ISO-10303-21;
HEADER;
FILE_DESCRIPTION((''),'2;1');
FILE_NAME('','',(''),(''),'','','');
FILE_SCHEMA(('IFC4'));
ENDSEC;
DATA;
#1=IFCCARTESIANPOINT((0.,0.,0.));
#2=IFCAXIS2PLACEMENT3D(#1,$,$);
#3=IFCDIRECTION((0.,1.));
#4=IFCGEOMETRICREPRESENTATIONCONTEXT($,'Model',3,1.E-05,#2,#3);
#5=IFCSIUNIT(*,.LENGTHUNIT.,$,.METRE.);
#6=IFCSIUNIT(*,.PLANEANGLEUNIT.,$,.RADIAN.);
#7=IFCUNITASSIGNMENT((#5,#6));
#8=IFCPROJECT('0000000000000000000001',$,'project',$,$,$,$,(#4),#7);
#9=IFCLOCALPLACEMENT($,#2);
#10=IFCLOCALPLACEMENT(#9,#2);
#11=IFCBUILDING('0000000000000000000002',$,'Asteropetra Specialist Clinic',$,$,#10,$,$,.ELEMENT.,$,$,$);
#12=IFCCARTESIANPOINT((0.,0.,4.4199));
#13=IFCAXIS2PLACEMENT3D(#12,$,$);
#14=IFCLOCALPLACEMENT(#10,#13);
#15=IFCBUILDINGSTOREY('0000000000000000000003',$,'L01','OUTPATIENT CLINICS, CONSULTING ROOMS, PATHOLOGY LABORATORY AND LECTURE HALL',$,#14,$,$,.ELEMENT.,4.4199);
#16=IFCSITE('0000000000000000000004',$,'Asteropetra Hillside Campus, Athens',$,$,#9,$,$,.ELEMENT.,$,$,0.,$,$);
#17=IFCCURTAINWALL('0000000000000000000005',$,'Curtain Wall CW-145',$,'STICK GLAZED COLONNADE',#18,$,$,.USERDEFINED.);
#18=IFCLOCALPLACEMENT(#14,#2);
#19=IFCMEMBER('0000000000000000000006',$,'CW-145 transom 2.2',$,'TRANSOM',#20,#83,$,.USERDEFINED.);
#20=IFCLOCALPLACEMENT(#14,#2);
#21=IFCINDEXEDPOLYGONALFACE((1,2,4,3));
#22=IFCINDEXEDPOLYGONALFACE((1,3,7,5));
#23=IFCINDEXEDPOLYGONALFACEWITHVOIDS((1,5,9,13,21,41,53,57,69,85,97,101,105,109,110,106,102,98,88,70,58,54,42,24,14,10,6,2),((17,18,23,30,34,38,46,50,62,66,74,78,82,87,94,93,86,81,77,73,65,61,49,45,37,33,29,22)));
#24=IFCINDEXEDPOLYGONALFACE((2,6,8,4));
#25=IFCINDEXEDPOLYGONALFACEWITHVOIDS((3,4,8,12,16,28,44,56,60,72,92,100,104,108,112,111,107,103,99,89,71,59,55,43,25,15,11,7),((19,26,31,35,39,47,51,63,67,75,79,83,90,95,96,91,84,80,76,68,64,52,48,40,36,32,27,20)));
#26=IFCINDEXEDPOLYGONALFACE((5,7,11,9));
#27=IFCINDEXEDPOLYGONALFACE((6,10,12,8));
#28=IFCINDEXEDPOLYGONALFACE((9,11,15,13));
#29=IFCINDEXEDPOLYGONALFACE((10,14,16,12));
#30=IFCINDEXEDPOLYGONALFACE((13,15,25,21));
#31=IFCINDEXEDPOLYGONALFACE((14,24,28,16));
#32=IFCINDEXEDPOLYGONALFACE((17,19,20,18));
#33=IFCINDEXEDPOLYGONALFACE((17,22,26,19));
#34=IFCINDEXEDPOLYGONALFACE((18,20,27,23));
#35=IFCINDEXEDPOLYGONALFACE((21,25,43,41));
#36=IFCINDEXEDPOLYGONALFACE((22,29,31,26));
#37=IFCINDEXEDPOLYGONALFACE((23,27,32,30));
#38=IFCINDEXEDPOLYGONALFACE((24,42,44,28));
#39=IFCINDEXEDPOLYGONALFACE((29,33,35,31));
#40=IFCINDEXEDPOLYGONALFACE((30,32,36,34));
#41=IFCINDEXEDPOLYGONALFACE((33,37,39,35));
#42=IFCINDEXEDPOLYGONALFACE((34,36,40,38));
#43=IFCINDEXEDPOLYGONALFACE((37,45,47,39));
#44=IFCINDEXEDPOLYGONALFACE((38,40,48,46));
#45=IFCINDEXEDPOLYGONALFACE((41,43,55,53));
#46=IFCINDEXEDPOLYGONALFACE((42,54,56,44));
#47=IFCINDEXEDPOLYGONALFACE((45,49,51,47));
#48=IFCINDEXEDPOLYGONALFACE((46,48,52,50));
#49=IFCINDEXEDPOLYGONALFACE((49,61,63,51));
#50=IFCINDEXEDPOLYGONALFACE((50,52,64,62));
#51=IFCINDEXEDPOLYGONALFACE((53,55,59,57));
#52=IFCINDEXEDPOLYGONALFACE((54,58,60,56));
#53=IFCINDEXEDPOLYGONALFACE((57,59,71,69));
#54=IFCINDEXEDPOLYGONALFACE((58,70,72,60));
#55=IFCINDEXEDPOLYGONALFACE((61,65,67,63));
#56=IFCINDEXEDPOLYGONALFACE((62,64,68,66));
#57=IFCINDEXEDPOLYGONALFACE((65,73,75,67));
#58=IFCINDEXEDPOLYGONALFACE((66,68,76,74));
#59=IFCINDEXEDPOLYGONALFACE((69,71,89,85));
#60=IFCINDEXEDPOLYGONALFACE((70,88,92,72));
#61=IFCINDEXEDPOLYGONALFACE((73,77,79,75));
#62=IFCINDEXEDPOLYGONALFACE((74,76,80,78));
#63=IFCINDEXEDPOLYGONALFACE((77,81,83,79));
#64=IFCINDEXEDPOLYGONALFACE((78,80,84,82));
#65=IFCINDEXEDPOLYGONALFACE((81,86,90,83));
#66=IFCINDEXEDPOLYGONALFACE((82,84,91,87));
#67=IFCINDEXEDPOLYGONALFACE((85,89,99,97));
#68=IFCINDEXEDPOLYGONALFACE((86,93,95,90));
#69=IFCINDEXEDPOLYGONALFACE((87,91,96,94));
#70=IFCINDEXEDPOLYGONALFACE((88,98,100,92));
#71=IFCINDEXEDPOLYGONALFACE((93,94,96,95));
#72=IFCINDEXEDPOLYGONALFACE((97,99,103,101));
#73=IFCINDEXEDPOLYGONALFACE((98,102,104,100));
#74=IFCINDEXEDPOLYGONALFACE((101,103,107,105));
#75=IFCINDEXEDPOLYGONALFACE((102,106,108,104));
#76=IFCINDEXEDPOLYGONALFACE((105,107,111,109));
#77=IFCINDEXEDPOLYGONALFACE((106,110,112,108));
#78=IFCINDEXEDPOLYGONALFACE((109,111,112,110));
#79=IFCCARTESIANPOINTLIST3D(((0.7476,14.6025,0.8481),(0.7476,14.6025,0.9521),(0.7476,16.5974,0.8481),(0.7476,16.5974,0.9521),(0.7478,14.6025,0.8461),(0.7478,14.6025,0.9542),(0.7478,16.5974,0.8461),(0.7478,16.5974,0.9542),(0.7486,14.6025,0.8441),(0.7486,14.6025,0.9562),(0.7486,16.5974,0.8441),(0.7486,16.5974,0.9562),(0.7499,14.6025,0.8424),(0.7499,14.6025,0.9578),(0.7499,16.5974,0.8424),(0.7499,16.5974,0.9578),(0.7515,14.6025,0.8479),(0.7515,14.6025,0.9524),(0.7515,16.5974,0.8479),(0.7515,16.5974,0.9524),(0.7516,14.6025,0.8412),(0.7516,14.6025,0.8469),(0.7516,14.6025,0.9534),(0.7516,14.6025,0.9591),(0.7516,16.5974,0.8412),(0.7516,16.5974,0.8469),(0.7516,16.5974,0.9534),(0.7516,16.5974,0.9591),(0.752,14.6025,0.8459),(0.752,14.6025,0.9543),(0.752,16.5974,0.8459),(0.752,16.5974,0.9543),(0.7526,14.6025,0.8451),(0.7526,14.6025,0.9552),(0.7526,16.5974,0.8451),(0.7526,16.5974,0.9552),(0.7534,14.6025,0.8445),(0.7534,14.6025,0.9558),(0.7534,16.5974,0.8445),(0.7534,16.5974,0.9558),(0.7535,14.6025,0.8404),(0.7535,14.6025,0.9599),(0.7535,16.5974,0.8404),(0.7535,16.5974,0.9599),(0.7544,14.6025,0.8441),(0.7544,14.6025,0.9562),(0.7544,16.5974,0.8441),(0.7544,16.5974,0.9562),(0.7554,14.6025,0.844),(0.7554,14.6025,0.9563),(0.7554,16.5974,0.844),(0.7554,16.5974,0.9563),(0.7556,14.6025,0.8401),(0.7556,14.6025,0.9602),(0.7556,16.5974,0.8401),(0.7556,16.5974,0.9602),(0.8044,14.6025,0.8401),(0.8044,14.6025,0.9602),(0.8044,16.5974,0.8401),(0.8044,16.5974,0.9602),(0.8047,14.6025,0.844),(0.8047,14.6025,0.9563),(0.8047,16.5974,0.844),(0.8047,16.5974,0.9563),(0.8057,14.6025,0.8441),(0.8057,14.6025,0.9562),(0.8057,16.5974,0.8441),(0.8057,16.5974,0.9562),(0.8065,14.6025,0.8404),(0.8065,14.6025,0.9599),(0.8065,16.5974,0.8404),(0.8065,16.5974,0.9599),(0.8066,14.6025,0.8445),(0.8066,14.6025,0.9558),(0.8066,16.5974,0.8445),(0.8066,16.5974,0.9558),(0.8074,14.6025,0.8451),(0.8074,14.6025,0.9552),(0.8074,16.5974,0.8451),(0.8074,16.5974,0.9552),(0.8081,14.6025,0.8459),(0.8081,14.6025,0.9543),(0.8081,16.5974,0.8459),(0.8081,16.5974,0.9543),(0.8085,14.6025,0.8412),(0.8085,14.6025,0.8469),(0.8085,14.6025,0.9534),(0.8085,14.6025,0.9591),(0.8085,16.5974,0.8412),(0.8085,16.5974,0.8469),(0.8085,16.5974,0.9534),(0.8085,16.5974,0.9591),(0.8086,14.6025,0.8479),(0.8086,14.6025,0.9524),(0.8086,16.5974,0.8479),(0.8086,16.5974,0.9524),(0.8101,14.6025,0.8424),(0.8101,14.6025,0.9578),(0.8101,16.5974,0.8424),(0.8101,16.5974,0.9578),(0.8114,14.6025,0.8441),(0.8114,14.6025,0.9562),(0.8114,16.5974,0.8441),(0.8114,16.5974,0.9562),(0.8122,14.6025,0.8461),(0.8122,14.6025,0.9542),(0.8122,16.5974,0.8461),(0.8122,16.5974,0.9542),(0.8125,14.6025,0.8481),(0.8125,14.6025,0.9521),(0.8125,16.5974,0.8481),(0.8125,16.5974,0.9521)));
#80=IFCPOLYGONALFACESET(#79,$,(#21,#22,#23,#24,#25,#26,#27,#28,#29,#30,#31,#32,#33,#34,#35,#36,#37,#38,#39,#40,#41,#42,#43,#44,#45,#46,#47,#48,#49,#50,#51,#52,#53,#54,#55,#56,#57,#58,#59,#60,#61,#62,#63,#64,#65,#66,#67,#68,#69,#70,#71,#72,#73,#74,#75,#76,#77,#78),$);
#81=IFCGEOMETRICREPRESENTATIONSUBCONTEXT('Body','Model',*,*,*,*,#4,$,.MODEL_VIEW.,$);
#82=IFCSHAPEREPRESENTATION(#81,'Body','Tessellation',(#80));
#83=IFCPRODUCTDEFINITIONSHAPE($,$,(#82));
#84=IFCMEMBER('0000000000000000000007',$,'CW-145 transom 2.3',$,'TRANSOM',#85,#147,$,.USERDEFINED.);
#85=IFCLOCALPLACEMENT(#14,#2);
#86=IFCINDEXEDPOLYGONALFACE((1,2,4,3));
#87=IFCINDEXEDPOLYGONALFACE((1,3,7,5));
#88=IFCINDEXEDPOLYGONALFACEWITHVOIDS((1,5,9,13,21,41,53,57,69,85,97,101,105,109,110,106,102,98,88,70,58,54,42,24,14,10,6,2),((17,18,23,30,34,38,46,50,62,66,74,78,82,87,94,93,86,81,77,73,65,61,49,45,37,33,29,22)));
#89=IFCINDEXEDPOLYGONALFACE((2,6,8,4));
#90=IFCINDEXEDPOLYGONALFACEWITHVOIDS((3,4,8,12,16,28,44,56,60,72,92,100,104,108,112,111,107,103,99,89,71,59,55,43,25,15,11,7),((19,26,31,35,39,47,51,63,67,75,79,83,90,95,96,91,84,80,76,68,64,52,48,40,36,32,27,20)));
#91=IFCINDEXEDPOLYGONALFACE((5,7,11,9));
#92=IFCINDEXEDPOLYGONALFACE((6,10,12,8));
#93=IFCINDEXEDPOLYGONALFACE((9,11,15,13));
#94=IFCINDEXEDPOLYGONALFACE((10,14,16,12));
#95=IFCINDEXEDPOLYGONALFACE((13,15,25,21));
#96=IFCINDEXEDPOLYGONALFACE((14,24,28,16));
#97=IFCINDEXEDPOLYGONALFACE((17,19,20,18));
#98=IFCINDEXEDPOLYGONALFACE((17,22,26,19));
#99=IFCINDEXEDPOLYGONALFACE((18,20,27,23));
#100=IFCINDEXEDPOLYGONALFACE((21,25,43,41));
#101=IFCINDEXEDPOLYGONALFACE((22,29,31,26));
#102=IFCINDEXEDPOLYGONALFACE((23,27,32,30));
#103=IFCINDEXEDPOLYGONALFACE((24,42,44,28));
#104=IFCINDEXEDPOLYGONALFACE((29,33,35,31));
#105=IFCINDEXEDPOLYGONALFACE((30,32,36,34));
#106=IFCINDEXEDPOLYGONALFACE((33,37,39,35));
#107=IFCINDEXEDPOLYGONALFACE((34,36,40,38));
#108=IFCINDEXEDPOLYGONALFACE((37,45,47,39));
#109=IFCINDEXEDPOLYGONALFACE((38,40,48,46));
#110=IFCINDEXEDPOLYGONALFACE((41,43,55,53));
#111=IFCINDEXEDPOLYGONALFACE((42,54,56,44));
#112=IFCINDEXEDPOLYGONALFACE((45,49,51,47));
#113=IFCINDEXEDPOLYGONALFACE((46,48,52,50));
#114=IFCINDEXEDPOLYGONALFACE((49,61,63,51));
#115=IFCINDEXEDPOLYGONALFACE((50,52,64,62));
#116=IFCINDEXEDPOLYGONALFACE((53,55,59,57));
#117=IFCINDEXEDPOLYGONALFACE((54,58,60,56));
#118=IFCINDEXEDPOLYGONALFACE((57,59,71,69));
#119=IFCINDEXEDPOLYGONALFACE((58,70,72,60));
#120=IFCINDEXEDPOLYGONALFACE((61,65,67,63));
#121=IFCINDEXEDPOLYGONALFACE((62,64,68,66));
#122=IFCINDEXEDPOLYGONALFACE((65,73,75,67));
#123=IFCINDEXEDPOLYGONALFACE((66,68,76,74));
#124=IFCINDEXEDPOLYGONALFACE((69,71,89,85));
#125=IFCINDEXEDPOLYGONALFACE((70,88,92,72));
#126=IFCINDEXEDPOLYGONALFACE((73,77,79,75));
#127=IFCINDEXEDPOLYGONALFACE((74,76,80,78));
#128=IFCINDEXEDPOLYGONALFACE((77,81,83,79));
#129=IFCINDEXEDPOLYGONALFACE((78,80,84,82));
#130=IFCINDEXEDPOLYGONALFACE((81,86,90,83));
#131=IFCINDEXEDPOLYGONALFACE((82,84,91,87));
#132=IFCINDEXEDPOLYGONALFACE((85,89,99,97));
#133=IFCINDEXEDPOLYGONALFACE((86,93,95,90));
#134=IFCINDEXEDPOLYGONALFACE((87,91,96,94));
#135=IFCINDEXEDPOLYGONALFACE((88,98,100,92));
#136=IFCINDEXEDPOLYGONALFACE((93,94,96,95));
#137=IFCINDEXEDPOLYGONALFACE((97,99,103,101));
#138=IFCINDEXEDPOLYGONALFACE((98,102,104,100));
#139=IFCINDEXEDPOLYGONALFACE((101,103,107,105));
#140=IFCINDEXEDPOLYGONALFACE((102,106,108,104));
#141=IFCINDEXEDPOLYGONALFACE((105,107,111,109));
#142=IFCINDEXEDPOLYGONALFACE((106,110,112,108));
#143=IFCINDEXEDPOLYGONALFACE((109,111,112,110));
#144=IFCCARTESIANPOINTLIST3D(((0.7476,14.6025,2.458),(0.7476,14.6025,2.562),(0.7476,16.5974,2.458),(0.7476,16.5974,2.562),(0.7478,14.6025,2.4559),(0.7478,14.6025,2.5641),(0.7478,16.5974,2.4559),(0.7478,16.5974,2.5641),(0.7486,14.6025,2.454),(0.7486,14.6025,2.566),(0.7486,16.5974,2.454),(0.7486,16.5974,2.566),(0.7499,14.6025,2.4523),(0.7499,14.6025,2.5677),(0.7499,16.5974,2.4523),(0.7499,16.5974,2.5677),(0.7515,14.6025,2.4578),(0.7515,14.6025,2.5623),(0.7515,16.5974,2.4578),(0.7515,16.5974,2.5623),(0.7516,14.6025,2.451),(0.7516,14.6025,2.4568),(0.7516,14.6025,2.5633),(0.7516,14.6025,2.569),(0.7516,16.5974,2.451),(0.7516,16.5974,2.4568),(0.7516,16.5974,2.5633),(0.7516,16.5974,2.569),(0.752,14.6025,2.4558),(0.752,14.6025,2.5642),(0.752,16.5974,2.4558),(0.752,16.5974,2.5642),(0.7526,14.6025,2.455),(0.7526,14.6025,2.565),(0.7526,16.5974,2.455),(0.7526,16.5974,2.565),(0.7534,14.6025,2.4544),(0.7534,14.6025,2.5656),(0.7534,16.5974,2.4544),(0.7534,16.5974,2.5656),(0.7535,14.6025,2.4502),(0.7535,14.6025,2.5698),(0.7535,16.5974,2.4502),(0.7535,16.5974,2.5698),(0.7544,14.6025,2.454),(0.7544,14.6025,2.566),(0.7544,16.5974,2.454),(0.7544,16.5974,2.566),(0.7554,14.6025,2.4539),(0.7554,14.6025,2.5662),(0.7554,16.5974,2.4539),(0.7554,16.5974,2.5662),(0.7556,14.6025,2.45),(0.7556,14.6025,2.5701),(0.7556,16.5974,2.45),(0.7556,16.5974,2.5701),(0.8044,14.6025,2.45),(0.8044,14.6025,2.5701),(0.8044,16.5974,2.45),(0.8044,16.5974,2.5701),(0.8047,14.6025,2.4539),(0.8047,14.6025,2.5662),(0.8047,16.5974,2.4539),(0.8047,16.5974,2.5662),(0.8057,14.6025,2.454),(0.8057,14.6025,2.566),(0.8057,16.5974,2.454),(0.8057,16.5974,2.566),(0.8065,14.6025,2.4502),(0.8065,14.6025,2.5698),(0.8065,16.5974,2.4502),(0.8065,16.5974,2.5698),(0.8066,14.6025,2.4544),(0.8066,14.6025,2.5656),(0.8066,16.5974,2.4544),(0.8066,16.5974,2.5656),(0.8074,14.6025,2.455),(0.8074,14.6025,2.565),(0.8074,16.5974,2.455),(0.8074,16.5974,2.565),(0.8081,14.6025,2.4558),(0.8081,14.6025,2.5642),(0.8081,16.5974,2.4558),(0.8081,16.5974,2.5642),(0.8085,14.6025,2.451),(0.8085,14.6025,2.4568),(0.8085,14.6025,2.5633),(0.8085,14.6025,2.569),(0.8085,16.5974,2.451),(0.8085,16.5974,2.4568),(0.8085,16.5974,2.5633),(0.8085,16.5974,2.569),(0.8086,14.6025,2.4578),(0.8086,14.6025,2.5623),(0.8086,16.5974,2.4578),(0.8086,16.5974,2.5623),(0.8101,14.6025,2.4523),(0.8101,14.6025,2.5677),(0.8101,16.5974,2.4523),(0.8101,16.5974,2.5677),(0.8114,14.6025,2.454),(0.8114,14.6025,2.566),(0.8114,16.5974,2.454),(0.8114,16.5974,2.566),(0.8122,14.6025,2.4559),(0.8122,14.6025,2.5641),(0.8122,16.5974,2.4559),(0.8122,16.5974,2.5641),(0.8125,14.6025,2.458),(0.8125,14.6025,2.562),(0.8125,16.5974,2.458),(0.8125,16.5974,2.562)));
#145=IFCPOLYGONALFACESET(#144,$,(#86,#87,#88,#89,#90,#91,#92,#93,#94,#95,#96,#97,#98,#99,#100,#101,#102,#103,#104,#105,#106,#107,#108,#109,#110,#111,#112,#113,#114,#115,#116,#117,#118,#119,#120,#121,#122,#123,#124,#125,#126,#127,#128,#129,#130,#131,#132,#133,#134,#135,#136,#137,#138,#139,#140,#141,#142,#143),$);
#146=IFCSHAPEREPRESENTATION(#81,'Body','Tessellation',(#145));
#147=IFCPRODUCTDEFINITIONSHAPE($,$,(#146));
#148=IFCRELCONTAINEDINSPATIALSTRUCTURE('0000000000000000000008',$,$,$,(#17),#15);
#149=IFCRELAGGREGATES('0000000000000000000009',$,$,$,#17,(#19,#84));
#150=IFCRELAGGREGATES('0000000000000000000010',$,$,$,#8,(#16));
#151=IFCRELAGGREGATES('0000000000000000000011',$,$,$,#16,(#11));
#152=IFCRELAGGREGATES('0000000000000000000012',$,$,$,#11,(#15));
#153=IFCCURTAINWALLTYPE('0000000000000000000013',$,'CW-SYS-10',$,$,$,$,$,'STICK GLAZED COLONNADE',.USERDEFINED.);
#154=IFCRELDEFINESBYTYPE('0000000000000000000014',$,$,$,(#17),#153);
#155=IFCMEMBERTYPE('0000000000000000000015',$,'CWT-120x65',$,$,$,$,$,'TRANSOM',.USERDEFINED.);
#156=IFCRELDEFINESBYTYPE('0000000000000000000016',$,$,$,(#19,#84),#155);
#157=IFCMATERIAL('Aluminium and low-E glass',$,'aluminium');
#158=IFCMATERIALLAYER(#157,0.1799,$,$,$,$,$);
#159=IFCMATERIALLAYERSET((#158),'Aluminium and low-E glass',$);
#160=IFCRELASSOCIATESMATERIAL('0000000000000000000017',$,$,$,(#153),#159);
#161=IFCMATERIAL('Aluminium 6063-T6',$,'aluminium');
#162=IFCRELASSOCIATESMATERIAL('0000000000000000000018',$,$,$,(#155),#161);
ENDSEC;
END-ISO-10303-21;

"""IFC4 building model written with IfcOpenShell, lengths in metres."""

from ifc_helpers import new_model, si_unit, direction, frame, origin, origin_2d, place, context, subcontext, project, spatial, hollow_rectangle, extrude, material, layer, layer_set, material_profile, profile_set, type_object, element, aggregate, save


model = new_model("IFC4")

# Units and contexts
model_context = context("Model", 3, precision=1e-05, world=origin(), true_north=direction((0.0, 1.0)))
body_context = subcontext(model_context, "Body", "Model", "MODEL_VIEW")
ifc_project = project(units=[si_unit("LENGTHUNIT", "METRE"), si_unit("PLANEANGLEUNIT", "RADIAN")], contexts=[model_context])

# Site, building, storey
site_placement = place(None, origin())
site = spatial("IfcSite", under=ifc_project, at=site_placement, Name="Asteropetra Hillside Campus, Athens", CompositionType="ELEMENT", RefElevation=0.0)
building_placement = place(site_placement, origin())
building = spatial("IfcBuilding", under=site, at=building_placement, Name="Asteropetra Specialist Clinic", CompositionType="ELEMENT")
storey_placement = place(building_placement, frame((0.0, 0.0, 4.4199)))
storey = spatial("IfcBuildingStorey", under=building, at=storey_placement, Name="L01", Description="OUTPATIENT CLINICS, CONSULTING ROOMS, PATHOLOGY LABORATORY AND LECTURE HALL", CompositionType="ELEMENT", Elevation=4.4199)

# Curtain wall, members
ifc_material_1 = material(Name="Aluminium and low-E glass", Category="aluminium")
ifc_layer_1 = layer(ifc_material_1, 0.1799)
ifc_layer_set_1 = layer_set([ifc_layer_1], Name="Aluminium and low-E glass")
curtain_wall_type = type_object("IfcCurtainWallType", Name="CW-SYS-10", ElementType="STICK GLAZED COLONNADE", PredefinedType="USERDEFINED", material=ifc_layer_set_1)
curtain_wall_placement = place(storey_placement, origin())
curtain_wall = element("IfcCurtainWall", 1, at=curtain_wall_placement, inside=storey, type_object=curtain_wall_type, Name="Curtain Wall CW-145", ObjectType="STICK GLAZED COLONNADE", PredefinedType="USERDEFINED")
ifc_material_2 = material(Name="Aluminium 6063-T6", Category="aluminium")
ifc_material_profile_1 = material_profile(ifc_material_2, hollow_rectangle(XDim=0.0649, YDim=0.1201, WallThickness=0.0039, InnerFilletRadius=0.0039, OuterFilletRadius=0.0081, at=origin_2d()), Name="TRN 120x65x4.0")
ifc_profile_set_1 = profile_set([ifc_material_profile_1], Name="Aluminium 6063-T6")
member_type_1 = type_object("IfcMemberType", Name="CWT-120x65", ElementType="TRANSOM", PredefinedType="USERDEFINED", material=ifc_profile_set_1)
member_1_placement = place(storey_placement, frame((0.78, 16.5974, 0.9001), z_axis=(0.0, -1.0, 0.0), x_axis=(1.0, 0.0, 0.0)))
member_1 = element("IfcMember", 2, at=member_1_placement, type_object=member_type_1, Name="CW-145 transom 2.2", ObjectType="TRANSOM", PredefinedType="USERDEFINED", context=body_context, shape_type="SweptSolid", body=[
    extrude(hollow_rectangle(XDim=0.0649, YDim=0.1201, WallThickness=0.0039, InnerFilletRadius=0.0039, OuterFilletRadius=0.0081, at=origin_2d()), origin(), (0.0, 0.0, 1.0), 1.9949),
])
member_2_placement = place(storey_placement, frame((0.78, 16.5974, 2.51), z_axis=(0.0, -1.0, 0.0), x_axis=(1.0, 0.0, 0.0)))
member_2 = element("IfcMember", 3, at=member_2_placement, type_object=member_type_1, Name="CW-145 transom 2.3", ObjectType="TRANSOM", PredefinedType="USERDEFINED", context=body_context, shape_type="SweptSolid", body=[
    extrude(hollow_rectangle(XDim=0.0649, YDim=0.1201, WallThickness=0.0039, InnerFilletRadius=0.0039, OuterFilletRadius=0.0081, at=origin_2d()), origin(), (0.0, 0.0, 1.0), 1.9949),
])
aggregate(curtain_wall, [member_1, member_2])

save(model, "model.ifc")
